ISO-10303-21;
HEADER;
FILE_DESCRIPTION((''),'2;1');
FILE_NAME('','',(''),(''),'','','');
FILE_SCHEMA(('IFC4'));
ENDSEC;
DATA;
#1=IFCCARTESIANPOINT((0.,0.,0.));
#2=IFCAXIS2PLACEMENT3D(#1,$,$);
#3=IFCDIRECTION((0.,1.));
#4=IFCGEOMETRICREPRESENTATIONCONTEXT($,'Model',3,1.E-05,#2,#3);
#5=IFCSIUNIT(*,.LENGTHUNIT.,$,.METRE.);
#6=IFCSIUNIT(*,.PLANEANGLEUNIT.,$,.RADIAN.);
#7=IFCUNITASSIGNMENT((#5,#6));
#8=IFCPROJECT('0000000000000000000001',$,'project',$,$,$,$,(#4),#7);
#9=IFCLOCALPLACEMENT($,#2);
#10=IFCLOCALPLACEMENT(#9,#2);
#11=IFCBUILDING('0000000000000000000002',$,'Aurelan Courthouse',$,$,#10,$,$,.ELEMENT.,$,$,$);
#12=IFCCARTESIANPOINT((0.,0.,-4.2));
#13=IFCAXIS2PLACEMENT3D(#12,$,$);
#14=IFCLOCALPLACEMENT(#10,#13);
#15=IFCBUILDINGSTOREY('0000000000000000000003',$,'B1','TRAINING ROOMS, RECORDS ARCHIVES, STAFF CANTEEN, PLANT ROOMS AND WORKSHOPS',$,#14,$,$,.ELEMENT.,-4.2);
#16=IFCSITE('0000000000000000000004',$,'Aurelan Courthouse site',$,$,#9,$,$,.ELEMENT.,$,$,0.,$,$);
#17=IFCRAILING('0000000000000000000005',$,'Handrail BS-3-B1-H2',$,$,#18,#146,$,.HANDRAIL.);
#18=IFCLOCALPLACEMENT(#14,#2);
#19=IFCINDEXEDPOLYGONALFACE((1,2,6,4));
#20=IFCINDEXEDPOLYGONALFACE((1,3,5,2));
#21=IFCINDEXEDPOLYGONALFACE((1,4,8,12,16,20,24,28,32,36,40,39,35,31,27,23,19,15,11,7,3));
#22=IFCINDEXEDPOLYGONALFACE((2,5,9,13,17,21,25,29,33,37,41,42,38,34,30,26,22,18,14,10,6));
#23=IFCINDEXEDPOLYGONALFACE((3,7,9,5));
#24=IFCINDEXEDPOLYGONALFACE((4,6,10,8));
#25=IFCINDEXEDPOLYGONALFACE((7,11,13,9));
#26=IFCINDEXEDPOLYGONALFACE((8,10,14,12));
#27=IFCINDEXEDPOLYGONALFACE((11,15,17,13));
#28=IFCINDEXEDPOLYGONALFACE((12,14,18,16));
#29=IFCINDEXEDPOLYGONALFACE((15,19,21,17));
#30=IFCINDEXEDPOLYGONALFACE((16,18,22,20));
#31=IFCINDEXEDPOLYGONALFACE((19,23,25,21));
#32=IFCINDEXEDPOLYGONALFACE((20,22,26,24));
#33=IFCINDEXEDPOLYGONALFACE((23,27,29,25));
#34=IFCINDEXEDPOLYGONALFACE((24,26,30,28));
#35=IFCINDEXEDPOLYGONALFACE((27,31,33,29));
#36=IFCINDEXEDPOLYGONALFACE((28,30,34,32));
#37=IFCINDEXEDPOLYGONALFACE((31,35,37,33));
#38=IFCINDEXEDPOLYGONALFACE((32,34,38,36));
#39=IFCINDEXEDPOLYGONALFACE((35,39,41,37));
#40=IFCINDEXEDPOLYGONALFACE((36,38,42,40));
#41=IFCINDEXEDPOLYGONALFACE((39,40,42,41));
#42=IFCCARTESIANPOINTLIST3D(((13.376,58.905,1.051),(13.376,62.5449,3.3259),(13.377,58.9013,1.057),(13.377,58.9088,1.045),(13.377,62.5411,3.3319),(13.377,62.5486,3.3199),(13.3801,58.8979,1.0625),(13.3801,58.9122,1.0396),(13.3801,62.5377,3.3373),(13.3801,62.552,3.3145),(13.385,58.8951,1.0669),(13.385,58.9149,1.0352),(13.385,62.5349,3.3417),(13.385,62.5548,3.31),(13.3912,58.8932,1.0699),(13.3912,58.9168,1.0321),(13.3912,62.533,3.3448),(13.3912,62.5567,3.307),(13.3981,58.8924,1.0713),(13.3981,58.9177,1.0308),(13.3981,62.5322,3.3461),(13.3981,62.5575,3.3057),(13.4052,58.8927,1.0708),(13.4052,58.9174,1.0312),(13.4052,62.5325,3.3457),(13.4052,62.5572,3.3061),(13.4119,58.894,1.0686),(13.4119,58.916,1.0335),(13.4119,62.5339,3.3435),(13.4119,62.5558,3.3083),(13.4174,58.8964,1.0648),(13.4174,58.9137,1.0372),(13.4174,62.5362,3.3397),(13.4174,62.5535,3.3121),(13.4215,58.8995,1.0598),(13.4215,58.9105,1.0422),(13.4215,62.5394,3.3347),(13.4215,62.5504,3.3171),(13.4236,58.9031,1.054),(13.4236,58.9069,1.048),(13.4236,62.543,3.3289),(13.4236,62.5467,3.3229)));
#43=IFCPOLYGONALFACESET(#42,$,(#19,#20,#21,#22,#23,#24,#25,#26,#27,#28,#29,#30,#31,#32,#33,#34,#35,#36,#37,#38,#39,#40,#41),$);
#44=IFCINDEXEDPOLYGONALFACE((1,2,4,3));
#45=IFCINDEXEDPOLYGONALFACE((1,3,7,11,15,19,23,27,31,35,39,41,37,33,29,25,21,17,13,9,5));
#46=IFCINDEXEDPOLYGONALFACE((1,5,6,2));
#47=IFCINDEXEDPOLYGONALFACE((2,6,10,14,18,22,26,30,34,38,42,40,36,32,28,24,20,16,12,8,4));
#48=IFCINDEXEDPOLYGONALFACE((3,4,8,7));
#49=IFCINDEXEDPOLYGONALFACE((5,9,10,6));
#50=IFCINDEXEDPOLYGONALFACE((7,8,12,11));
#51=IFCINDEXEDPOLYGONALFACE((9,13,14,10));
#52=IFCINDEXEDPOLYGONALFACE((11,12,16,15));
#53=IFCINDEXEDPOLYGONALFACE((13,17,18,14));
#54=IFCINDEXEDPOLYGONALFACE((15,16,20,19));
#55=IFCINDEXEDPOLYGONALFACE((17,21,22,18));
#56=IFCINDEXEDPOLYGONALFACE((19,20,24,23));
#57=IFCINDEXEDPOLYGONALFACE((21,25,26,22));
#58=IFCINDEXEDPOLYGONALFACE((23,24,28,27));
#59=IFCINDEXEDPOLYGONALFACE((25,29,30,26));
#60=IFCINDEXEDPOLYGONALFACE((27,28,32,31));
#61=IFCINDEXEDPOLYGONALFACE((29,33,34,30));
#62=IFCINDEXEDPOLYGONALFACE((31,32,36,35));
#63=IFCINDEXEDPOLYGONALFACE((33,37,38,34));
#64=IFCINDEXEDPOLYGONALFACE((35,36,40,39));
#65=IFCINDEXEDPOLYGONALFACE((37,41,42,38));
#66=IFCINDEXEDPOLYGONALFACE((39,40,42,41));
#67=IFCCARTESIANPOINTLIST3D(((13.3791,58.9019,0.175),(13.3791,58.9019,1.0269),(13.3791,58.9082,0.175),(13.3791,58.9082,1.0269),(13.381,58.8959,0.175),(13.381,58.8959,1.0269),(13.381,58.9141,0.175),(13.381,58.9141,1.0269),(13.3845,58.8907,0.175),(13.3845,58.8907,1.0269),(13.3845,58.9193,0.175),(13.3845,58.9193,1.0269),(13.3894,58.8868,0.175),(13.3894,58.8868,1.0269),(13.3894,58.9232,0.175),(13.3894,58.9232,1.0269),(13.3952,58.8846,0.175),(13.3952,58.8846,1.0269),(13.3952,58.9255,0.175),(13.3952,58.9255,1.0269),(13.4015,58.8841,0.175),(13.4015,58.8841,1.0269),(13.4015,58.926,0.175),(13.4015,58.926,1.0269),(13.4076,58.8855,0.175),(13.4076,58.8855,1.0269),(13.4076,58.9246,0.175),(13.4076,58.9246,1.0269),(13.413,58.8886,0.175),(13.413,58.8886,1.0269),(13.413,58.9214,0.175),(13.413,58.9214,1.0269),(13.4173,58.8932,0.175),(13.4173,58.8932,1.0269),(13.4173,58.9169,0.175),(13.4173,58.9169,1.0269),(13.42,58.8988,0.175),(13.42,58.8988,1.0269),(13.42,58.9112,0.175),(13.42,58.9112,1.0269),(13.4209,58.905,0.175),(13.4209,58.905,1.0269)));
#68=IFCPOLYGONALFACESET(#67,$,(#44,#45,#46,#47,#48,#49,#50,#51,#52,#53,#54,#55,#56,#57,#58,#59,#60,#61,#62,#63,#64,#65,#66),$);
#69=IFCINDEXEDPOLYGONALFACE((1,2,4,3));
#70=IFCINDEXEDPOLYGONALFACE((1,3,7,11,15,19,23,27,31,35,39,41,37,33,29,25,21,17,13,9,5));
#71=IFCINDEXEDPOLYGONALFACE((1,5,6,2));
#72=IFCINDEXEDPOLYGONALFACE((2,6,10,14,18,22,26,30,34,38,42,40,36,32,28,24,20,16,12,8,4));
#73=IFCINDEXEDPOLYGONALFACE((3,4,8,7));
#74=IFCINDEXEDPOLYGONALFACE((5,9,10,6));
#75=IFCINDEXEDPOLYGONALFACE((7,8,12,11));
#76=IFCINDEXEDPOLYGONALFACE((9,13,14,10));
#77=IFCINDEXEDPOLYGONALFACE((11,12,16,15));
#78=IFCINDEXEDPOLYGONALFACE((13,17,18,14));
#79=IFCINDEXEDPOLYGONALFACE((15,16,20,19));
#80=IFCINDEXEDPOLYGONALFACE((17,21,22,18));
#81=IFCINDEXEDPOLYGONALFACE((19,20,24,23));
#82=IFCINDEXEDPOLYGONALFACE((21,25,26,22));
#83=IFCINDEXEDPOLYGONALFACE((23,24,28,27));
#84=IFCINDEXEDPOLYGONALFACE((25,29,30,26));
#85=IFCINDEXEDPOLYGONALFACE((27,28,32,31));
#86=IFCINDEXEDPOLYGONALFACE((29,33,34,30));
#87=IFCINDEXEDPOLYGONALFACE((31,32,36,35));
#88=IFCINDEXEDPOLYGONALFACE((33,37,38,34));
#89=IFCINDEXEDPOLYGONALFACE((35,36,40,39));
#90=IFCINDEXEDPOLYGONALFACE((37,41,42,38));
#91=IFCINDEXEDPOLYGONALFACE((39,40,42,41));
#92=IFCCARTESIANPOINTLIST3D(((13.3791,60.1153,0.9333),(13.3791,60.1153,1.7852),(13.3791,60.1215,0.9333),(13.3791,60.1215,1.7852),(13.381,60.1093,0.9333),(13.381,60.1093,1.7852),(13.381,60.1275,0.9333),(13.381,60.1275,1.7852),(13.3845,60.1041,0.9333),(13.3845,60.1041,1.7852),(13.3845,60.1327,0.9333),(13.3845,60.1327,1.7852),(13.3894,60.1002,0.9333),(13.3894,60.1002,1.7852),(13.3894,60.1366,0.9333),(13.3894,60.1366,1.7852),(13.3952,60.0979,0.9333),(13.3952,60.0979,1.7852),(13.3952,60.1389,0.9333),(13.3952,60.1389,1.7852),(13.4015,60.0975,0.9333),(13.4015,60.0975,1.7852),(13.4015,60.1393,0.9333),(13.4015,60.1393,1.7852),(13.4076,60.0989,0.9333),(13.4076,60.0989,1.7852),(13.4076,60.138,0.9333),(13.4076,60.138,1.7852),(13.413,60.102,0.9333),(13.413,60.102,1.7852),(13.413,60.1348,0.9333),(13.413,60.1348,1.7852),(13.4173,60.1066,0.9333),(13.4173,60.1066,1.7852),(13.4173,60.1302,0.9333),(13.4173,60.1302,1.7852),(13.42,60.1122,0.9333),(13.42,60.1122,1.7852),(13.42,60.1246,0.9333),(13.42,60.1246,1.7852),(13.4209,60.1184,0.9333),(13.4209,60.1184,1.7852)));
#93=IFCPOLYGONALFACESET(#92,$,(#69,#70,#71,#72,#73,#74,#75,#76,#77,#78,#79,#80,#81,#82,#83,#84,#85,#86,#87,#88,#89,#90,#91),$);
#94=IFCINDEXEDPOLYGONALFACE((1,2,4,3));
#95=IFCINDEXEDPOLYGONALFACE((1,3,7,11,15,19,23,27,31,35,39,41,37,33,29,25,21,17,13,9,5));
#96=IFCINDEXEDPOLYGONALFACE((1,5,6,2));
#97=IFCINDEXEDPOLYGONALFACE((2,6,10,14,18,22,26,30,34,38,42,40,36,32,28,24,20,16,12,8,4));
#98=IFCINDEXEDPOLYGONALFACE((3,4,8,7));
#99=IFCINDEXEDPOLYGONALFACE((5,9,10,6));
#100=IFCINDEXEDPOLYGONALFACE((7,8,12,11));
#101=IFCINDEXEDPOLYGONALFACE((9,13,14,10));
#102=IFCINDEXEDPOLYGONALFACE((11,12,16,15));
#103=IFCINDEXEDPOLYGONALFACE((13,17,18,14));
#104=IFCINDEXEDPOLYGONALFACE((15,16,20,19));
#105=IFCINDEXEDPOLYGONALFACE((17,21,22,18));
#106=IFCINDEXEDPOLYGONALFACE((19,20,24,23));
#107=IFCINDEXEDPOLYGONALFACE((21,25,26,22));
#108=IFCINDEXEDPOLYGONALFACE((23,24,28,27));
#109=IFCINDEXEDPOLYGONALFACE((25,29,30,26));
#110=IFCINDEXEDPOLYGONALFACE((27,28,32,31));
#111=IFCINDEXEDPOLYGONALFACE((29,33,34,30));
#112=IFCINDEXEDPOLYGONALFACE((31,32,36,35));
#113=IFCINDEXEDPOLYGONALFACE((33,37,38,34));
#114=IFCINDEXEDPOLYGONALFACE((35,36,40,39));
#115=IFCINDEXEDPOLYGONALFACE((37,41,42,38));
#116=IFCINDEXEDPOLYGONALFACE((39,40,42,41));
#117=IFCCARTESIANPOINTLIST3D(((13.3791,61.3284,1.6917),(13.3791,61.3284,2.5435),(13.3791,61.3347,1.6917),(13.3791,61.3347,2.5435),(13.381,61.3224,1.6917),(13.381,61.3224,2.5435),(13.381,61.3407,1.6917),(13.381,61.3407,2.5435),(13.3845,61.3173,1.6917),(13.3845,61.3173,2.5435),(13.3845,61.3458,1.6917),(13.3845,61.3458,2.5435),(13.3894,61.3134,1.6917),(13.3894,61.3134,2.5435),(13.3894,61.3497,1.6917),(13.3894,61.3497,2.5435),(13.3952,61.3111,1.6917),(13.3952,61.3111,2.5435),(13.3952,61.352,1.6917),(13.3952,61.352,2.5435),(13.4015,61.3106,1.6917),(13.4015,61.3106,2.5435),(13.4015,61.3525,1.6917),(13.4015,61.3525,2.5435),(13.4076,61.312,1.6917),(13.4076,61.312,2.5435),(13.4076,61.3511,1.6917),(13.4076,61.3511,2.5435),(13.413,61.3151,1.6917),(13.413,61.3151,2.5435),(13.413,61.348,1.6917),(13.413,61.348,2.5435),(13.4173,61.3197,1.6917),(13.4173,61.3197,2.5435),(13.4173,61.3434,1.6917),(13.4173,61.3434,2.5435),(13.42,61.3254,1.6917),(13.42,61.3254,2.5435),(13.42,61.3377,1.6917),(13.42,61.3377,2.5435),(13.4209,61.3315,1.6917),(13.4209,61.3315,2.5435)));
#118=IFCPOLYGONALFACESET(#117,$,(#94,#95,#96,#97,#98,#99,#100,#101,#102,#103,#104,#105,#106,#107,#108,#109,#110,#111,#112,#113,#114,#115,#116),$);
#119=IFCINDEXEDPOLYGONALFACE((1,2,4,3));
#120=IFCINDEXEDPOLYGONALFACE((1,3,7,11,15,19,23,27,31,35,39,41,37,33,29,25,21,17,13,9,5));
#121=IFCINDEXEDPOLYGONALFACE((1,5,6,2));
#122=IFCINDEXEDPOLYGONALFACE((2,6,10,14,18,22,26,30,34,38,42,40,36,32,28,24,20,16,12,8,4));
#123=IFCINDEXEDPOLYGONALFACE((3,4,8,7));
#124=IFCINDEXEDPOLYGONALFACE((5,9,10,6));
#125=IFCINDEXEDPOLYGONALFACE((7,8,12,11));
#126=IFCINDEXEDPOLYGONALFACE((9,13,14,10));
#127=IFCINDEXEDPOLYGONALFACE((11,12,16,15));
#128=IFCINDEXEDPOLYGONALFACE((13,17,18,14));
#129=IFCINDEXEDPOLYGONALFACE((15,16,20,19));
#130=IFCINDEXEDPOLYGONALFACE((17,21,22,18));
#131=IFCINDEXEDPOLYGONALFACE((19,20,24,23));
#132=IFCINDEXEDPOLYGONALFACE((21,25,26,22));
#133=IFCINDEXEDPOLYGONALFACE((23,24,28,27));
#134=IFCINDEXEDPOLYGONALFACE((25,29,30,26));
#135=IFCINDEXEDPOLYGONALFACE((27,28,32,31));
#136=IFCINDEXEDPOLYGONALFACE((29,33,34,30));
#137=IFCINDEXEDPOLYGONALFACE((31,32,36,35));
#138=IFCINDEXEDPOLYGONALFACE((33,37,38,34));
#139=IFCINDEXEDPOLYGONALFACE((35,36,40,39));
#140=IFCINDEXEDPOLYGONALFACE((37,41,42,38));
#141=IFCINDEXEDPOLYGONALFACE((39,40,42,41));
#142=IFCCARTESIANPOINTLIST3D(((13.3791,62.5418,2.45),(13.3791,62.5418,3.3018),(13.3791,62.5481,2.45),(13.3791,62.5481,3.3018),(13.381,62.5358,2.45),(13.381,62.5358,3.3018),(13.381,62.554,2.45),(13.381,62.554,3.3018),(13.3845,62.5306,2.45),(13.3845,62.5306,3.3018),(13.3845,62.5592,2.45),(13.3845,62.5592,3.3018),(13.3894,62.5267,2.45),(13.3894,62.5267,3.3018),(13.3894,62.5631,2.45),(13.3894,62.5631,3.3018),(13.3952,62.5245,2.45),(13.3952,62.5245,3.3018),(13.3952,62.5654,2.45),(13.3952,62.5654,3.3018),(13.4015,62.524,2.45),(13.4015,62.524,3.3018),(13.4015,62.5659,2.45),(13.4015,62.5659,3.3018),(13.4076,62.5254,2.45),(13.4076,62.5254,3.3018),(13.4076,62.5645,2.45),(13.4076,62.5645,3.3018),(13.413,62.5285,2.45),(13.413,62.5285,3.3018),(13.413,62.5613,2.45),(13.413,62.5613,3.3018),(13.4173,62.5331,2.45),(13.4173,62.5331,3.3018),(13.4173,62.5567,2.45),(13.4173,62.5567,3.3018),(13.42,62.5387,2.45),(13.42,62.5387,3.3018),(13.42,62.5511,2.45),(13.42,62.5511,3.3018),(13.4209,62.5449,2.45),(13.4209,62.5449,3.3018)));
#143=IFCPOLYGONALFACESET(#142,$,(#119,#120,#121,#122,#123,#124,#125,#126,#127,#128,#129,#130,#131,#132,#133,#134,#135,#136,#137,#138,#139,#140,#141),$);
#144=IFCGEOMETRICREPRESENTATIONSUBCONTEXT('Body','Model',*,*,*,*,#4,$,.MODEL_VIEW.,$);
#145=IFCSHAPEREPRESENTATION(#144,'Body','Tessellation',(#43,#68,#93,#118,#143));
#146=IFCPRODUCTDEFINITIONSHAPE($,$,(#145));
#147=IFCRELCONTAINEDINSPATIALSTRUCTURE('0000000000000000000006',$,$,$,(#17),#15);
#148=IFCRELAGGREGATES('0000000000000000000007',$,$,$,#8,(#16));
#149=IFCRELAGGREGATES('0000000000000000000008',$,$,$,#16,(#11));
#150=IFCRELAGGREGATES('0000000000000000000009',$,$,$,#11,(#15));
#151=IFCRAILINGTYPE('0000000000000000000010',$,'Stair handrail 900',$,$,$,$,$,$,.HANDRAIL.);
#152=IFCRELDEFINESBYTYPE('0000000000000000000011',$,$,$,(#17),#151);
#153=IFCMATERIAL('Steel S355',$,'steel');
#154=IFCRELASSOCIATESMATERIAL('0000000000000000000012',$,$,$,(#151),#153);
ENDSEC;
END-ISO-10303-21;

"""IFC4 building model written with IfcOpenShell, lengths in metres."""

from ifc_helpers import new_model, si_unit, direction, frame, origin, origin_2d, place, context, subcontext, project, spatial, circle, extrude, material, type_object, element, save


model = new_model("IFC4")

# Units and contexts
model_context = context("Model", 3, precision=1e-05, world=origin(), true_north=direction((0.0, 1.0)))
body_context = subcontext(model_context, "Body", "Model", "MODEL_VIEW")
ifc_project = project(units=[si_unit("LENGTHUNIT", "METRE"), si_unit("PLANEANGLEUNIT", "RADIAN")], contexts=[model_context])

# Site, building, storey
site_placement = place(None, origin())
site = spatial("IfcSite", under=ifc_project, at=site_placement, Name="Aurelan Courthouse site", CompositionType="ELEMENT", RefElevation=0.0)
building_placement = place(site_placement, origin())
building = spatial("IfcBuilding", under=site, at=building_placement, Name="Aurelan Courthouse", CompositionType="ELEMENT")
storey_placement = place(building_placement, frame((0.0, 0.0, -4.2)))
storey = spatial("IfcBuildingStorey", under=building, at=storey_placement, Name="B1", Description="TRAINING ROOMS, RECORDS ARCHIVES, STAFF CANTEEN, PLANT ROOMS AND WORKSHOPS", CompositionType="ELEMENT", Elevation=-4.2)

# Railing
ifc_material_1 = material(Name="Steel S355", Category="steel")
railing_type_1 = type_object("IfcRailingType", Name="Stair handrail 900", PredefinedType="HANDRAIL", material=ifc_material_1)
for number, where, name in (
    (1, (13.3999, 58.905, 0.175), "Handrail BS-3-B1-H2"),
):
    element("IfcRailing", number, at=place(storey_placement, frame(where)), inside=storey, type_object=railing_type_1, Name=name, PredefinedType="HANDRAIL", context=body_context, shape_type="SweptSolid", body=[
        extrude(circle(Radius=0.0239, at=origin_2d()), frame((0.0, 0.0, 0.876), z_axis=(0.0, 0.848001, 0.529994), x_axis=(-1.0, 0.0, 0.0)), (0.0, 0.0, 1.0), 4.2922),
        extrude(circle(Radius=0.021, at=origin_2d()), origin(), (0.0, 0.0, 1.0), 0.8518),
        extrude(circle(Radius=0.021, at=origin_2d()), frame((0.0, 1.2134, 0.7583)), (0.0, 0.0, 1.0), 0.8518),
        extrude(circle(Radius=0.021, at=origin_2d()), frame((0.0, 2.4265, 1.5166)), (0.0, 0.0, 1.0), 0.8518),
        extrude(circle(Radius=0.021, at=origin_2d()), frame((0.0, 3.6399, 2.2749)), (0.0, 0.0, 1.0), 0.8518),
    ])

save(model, "model.ifc")
